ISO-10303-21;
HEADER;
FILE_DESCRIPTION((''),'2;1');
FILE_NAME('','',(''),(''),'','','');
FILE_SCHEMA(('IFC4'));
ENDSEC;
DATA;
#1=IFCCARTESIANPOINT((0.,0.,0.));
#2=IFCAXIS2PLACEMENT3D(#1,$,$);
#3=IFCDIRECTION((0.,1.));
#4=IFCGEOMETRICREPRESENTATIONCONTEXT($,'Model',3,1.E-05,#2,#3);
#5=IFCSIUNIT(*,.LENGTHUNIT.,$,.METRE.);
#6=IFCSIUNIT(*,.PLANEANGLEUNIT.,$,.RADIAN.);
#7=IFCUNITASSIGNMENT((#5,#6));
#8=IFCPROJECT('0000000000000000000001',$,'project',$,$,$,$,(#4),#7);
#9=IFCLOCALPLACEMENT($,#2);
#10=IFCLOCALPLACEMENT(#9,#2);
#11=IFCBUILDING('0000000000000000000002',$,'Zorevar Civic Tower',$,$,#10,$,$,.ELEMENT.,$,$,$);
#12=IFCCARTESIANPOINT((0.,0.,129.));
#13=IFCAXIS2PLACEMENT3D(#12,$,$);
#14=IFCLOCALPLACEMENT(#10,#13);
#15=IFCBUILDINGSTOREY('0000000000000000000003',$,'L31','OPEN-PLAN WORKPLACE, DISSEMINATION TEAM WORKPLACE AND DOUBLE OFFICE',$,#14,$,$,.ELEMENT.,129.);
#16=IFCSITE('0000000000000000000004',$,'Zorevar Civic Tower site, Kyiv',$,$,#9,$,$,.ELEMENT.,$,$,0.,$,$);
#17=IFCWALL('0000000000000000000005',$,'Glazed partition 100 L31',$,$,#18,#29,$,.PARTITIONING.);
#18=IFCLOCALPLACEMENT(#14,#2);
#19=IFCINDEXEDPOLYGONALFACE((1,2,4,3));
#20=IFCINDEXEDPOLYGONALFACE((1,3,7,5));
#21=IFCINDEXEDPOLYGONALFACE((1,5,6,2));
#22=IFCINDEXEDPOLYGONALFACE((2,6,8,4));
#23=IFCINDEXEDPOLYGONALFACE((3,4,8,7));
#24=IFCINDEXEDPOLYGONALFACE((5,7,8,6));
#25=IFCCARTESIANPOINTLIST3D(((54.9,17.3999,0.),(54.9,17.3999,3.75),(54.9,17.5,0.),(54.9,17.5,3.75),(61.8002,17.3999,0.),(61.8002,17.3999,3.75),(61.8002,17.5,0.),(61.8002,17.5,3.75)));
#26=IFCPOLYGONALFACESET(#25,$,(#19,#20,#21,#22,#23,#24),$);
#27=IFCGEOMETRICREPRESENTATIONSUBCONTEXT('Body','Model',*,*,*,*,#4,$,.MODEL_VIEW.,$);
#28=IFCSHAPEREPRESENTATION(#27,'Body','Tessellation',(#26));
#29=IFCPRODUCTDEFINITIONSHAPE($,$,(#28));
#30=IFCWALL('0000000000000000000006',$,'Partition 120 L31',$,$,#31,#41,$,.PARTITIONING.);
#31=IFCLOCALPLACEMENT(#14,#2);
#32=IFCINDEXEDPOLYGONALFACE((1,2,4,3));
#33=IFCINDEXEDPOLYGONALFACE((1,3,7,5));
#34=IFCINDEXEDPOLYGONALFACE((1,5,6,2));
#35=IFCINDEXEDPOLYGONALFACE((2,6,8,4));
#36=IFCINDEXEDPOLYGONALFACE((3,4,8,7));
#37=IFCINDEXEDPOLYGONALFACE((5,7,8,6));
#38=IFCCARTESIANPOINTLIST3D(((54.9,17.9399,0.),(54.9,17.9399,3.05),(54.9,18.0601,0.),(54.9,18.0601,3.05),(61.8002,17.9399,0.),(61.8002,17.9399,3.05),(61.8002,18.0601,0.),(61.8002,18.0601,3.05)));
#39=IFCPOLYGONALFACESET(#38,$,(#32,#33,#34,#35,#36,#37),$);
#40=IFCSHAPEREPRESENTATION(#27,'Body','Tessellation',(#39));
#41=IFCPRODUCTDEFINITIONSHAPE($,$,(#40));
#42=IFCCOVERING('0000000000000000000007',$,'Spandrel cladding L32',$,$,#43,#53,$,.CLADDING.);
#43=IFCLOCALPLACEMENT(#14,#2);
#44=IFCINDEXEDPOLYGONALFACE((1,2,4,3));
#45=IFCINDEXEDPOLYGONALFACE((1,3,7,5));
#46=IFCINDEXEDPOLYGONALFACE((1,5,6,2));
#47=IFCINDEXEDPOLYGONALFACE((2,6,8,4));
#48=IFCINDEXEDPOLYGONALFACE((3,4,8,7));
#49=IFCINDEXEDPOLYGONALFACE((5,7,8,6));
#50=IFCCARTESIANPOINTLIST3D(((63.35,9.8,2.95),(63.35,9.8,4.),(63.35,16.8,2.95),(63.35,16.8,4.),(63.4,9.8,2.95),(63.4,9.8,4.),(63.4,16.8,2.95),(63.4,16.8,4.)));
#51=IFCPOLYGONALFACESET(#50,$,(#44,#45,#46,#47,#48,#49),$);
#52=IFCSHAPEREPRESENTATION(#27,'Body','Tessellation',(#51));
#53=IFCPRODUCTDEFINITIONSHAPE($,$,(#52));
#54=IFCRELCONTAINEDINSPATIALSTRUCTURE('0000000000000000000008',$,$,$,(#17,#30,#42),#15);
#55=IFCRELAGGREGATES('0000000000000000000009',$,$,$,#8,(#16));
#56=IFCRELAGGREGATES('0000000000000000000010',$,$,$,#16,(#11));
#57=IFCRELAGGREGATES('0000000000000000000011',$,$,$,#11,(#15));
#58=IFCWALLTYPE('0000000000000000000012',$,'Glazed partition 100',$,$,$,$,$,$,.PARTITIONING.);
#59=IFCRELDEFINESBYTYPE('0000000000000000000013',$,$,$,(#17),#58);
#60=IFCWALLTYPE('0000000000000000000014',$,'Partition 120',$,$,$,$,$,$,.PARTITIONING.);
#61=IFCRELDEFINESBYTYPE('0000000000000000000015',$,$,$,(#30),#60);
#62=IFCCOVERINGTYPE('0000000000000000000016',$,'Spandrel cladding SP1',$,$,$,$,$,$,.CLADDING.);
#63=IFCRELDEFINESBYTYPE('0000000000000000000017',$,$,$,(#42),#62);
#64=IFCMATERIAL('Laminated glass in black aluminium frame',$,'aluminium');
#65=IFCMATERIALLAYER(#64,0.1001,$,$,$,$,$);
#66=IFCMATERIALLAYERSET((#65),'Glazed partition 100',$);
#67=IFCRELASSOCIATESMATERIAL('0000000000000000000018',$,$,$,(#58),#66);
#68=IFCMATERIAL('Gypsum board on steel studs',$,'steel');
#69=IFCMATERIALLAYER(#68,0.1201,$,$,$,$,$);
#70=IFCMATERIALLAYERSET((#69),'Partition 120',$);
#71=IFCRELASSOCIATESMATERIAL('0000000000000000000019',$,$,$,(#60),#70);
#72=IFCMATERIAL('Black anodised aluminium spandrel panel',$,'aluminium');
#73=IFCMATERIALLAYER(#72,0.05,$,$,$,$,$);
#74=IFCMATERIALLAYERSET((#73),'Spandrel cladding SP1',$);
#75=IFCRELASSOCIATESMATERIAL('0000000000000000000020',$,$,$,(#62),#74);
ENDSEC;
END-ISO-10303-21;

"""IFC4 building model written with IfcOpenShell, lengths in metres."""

from ifc_helpers import new_model, si_unit, direction, frame, frame_2d, origin, place, context, subcontext, project, spatial, rectangle, extrude, material, layer, layer_set, type_object, element, save


model = new_model("IFC4")

# Units and contexts
model_context = context("Model", 3, precision=1e-05, world=origin(), true_north=direction((0.0, 1.0)))
body_context = subcontext(model_context, "Body", "Model", "MODEL_VIEW")
ifc_project = project(units=[si_unit("LENGTHUNIT", "METRE"), si_unit("PLANEANGLEUNIT", "RADIAN")], contexts=[model_context])

# Site, building, storey
site_placement = place(None, origin())
site = spatial("IfcSite", under=ifc_project, at=site_placement, Name="Zorevar Civic Tower site, Kyiv", CompositionType="ELEMENT", RefElevation=0.0)
building_placement = place(site_placement, origin())
building = spatial("IfcBuilding", under=site, at=building_placement, Name="Zorevar Civic Tower", CompositionType="ELEMENT")
storey_placement = place(building_placement, frame((0.0, 0.0, 129.0)))
storey = spatial("IfcBuildingStorey", under=building, at=storey_placement, Name="L31", Description="OPEN-PLAN WORKPLACE, DISSEMINATION TEAM WORKPLACE AND DOUBLE OFFICE", CompositionType="ELEMENT", Elevation=129.0)

# Walls
ifc_material_1 = material(Name="Laminated glass in black aluminium frame", Category="aluminium")
ifc_layer_1 = layer(ifc_material_1, 0.1001)
ifc_layer_set_1 = layer_set([ifc_layer_1], Name="Glazed partition 100")
wall_type_1 = type_object("IfcWallType", Name="Glazed partition 100", PredefinedType="PARTITIONING", material=ifc_layer_set_1)
wall_1_placement = place(storey_placement, frame((54.8999, 17.45, 0.0), z_axis=(0.0, 0.0, 1.0), x_axis=(1.0, 0.0, 0.0)))
element("IfcWall", 1, at=wall_1_placement, inside=storey, type_object=wall_type_1, Name="Glazed partition 100 L31", PredefinedType="PARTITIONING", context=body_context, shape_type="SweptSolid", body=[
    extrude(rectangle(XDim=6.9001, YDim=0.1001, at=frame_2d((3.4502, 0.0))), origin(), (0.0, 0.0, 1.0), 3.75),
])
ifc_material_2 = material(Name="Gypsum board on steel studs", Category="steel")
ifc_layer_2 = layer(ifc_material_2, 0.1201)
ifc_layer_set_2 = layer_set([ifc_layer_2], Name="Partition 120")
wall_type_2 = type_object("IfcWallType", Name="Partition 120", PredefinedType="PARTITIONING", material=ifc_layer_set_2)
wall_2_placement = place(storey_placement, frame((54.8999, 18.0, 0.0), z_axis=(0.0, 0.0, 1.0), x_axis=(1.0, 0.0, 0.0)))
element("IfcWall", 2, at=wall_2_placement, inside=storey, type_object=wall_type_2, Name="Partition 120 L31", PredefinedType="PARTITIONING", context=body_context, shape_type="SweptSolid", body=[
    extrude(rectangle(XDim=6.9001, YDim=0.1201, at=frame_2d((3.4502, 0.0))), origin(), (0.0, 0.0, 1.0), 3.05),
])

# Covering
ifc_material_3 = material(Name="Black anodised aluminium spandrel panel", Category="aluminium")
ifc_layer_3 = layer(ifc_material_3, 0.05)
ifc_layer_set_3 = layer_set([ifc_layer_3], Name="Spandrel cladding SP1")
covering_type = type_object("IfcCoveringType", Name="Spandrel cladding SP1", PredefinedType="CLADDING", material=ifc_layer_set_3)
covering_placement = place(storey_placement, frame((63.375, 9.8, 2.95), z_axis=(0.0, 0.0, 1.0), x_axis=(0.0, 1.0, 0.0)))
element("IfcCovering", 3, at=covering_placement, inside=storey, type_object=covering_type, Name="Spandrel cladding L32", PredefinedType="CLADDING", context=body_context, shape_type="SweptSolid", body=[
    extrude(rectangle(XDim=7.0, YDim=0.05, at=frame_2d((3.5, 0.0))), origin(), (0.0, 0.0, 1.0), 1.05),
])

save(model, "model.ifc")
